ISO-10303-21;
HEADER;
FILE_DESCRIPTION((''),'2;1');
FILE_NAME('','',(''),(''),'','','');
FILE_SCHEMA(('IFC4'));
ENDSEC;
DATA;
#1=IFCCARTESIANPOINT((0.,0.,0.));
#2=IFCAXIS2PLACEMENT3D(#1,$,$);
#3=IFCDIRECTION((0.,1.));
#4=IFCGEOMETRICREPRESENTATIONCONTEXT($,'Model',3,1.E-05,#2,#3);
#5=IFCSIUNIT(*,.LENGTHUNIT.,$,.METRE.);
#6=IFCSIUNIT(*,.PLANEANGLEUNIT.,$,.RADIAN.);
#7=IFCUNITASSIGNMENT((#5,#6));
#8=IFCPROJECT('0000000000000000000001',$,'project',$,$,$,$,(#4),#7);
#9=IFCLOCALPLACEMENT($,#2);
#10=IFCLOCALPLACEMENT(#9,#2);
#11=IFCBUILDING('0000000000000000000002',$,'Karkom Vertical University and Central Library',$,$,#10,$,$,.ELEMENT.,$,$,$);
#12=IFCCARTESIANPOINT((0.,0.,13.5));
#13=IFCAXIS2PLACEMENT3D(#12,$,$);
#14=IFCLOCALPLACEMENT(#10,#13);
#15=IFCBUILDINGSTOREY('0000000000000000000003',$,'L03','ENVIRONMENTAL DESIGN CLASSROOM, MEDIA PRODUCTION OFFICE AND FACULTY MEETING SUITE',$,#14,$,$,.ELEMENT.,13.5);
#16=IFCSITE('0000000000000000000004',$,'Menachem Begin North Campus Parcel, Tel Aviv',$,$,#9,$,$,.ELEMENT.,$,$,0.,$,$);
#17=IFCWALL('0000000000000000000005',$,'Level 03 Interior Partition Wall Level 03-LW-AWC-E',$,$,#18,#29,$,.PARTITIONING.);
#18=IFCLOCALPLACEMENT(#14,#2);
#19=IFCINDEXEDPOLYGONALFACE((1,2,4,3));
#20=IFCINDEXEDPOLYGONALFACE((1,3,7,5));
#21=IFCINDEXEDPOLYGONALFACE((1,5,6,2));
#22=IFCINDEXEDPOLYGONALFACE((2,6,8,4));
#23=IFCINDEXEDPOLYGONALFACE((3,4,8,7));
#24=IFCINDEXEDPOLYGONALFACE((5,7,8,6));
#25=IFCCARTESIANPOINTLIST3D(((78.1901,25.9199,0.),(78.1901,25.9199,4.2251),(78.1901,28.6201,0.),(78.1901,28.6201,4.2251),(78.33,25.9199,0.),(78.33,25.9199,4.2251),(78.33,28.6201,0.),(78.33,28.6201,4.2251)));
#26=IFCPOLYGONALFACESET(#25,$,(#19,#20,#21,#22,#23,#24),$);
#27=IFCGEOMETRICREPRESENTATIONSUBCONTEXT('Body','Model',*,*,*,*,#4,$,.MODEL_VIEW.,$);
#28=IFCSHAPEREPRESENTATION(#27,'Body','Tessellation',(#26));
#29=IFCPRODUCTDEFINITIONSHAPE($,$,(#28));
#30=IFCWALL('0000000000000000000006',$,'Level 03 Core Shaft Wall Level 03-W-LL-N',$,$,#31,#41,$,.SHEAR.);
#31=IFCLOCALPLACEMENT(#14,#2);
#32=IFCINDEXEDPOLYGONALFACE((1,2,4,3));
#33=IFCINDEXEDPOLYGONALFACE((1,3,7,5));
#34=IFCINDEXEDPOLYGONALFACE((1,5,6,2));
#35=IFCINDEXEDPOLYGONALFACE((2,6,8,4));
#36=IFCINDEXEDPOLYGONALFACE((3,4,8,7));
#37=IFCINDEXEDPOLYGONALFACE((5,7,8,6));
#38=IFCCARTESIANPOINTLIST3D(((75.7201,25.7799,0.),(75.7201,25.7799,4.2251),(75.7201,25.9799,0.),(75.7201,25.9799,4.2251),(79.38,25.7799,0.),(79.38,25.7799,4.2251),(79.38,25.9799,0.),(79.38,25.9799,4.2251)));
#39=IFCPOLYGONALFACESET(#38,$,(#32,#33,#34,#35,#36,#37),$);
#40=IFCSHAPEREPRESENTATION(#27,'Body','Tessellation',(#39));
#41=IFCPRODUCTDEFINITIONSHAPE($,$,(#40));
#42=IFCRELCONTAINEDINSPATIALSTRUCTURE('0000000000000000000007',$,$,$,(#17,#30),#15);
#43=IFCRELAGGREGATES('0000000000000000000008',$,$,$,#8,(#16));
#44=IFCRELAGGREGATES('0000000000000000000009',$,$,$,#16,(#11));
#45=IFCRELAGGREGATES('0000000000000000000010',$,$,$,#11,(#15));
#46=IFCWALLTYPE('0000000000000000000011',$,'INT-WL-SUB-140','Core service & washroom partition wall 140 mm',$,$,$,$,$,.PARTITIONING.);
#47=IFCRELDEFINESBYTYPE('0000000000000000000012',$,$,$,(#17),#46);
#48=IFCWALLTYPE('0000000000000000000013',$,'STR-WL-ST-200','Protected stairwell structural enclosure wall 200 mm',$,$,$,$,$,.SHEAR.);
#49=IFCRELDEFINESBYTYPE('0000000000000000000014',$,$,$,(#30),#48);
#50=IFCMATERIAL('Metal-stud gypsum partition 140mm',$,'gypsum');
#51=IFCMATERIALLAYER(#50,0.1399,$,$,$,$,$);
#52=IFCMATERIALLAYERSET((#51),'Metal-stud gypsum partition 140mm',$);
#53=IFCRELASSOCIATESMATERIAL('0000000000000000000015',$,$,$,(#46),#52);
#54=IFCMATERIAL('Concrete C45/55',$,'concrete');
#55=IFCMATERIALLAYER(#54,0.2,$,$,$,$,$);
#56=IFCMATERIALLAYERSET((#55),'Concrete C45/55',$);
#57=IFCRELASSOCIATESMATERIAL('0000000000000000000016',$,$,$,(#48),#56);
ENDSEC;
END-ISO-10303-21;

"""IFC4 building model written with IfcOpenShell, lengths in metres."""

from ifc_helpers import new_model, si_unit, direction, frame, frame_2d, origin, place, context, subcontext, project, spatial, rectangle, extrude, material, layer, layer_set, type_object, element, save


model = new_model("IFC4")

# Units and contexts
model_context = context("Model", 3, precision=1e-05, world=origin(), true_north=direction((0.0, 1.0)))
body_context = subcontext(model_context, "Body", "Model", "MODEL_VIEW")
ifc_project = project(units=[si_unit("LENGTHUNIT", "METRE"), si_unit("PLANEANGLEUNIT", "RADIAN")], contexts=[model_context])

# Site, building, storey
site_placement = place(None, origin())
site = spatial("IfcSite", under=ifc_project, at=site_placement, Name="Menachem Begin North Campus Parcel, Tel Aviv", CompositionType="ELEMENT", RefElevation=0.0)
building_placement = place(site_placement, origin())
building = spatial("IfcBuilding", under=site, at=building_placement, Name="Karkom Vertical University and Central Library", CompositionType="ELEMENT")
storey_placement = place(building_placement, frame((0.0, 0.0, 13.5)))
storey = spatial("IfcBuildingStorey", under=building, at=storey_placement, Name="L03", Description="ENVIRONMENTAL DESIGN CLASSROOM, MEDIA PRODUCTION OFFICE AND FACULTY MEETING SUITE", CompositionType="ELEMENT", Elevation=13.5)

# Walls
ifc_material_1 = material(Name="Metal-stud gypsum partition 140mm", Category="gypsum")
ifc_layer_1 = layer(ifc_material_1, 0.1399)
ifc_layer_set_1 = layer_set([ifc_layer_1], Name="Metal-stud gypsum partition 140mm")
wall_type_1 = type_object("IfcWallType", Name="INT-WL-SUB-140", Description="Core service & washroom partition wall 140 mm", PredefinedType="PARTITIONING", material=ifc_layer_set_1)
wall_1_placement = place(storey_placement, frame((78.26, 25.9199, 0.0), z_axis=(0.0, 0.0, 1.0), x_axis=(0.0, 1.0, 0.0)))
element("IfcWall", 1, at=wall_1_placement, inside=storey, type_object=wall_type_1, Name="Level 03 Interior Partition Wall Level 03-LW-AWC-E", PredefinedType="PARTITIONING", context=body_context, shape_type="SweptSolid", body=[
    extrude(rectangle(XDim=2.7002, YDim=0.1399, at=frame_2d((1.3501, 0.0))), origin(), (0.0, 0.0, 1.0), 4.2251),
])
ifc_material_2 = material(Name="Concrete C45/55", Category="concrete")
ifc_layer_2 = layer(ifc_material_2, 0.2)
ifc_layer_set_2 = layer_set([ifc_layer_2], Name="Concrete C45/55")
wall_type_2 = type_object("IfcWallType", Name="STR-WL-ST-200", Description="Protected stairwell structural enclosure wall 200 mm", PredefinedType="SHEAR", material=ifc_layer_set_2)
wall_2_placement = place(storey_placement, frame((75.72, 25.8799, 0.0), z_axis=(0.0, 0.0, 1.0), x_axis=(1.0, 0.0, 0.0)))
element("IfcWall", 2, at=wall_2_placement, inside=storey, type_object=wall_type_2, Name="Level 03 Core Shaft Wall Level 03-W-LL-N", PredefinedType="SHEAR", context=body_context, shape_type="SweptSolid", body=[
    extrude(rectangle(XDim=3.6599, YDim=0.2, at=frame_2d((1.8301, 0.0))), origin(), (0.0, 0.0, 1.0), 4.2251),
])

save(model, "model.ifc")
